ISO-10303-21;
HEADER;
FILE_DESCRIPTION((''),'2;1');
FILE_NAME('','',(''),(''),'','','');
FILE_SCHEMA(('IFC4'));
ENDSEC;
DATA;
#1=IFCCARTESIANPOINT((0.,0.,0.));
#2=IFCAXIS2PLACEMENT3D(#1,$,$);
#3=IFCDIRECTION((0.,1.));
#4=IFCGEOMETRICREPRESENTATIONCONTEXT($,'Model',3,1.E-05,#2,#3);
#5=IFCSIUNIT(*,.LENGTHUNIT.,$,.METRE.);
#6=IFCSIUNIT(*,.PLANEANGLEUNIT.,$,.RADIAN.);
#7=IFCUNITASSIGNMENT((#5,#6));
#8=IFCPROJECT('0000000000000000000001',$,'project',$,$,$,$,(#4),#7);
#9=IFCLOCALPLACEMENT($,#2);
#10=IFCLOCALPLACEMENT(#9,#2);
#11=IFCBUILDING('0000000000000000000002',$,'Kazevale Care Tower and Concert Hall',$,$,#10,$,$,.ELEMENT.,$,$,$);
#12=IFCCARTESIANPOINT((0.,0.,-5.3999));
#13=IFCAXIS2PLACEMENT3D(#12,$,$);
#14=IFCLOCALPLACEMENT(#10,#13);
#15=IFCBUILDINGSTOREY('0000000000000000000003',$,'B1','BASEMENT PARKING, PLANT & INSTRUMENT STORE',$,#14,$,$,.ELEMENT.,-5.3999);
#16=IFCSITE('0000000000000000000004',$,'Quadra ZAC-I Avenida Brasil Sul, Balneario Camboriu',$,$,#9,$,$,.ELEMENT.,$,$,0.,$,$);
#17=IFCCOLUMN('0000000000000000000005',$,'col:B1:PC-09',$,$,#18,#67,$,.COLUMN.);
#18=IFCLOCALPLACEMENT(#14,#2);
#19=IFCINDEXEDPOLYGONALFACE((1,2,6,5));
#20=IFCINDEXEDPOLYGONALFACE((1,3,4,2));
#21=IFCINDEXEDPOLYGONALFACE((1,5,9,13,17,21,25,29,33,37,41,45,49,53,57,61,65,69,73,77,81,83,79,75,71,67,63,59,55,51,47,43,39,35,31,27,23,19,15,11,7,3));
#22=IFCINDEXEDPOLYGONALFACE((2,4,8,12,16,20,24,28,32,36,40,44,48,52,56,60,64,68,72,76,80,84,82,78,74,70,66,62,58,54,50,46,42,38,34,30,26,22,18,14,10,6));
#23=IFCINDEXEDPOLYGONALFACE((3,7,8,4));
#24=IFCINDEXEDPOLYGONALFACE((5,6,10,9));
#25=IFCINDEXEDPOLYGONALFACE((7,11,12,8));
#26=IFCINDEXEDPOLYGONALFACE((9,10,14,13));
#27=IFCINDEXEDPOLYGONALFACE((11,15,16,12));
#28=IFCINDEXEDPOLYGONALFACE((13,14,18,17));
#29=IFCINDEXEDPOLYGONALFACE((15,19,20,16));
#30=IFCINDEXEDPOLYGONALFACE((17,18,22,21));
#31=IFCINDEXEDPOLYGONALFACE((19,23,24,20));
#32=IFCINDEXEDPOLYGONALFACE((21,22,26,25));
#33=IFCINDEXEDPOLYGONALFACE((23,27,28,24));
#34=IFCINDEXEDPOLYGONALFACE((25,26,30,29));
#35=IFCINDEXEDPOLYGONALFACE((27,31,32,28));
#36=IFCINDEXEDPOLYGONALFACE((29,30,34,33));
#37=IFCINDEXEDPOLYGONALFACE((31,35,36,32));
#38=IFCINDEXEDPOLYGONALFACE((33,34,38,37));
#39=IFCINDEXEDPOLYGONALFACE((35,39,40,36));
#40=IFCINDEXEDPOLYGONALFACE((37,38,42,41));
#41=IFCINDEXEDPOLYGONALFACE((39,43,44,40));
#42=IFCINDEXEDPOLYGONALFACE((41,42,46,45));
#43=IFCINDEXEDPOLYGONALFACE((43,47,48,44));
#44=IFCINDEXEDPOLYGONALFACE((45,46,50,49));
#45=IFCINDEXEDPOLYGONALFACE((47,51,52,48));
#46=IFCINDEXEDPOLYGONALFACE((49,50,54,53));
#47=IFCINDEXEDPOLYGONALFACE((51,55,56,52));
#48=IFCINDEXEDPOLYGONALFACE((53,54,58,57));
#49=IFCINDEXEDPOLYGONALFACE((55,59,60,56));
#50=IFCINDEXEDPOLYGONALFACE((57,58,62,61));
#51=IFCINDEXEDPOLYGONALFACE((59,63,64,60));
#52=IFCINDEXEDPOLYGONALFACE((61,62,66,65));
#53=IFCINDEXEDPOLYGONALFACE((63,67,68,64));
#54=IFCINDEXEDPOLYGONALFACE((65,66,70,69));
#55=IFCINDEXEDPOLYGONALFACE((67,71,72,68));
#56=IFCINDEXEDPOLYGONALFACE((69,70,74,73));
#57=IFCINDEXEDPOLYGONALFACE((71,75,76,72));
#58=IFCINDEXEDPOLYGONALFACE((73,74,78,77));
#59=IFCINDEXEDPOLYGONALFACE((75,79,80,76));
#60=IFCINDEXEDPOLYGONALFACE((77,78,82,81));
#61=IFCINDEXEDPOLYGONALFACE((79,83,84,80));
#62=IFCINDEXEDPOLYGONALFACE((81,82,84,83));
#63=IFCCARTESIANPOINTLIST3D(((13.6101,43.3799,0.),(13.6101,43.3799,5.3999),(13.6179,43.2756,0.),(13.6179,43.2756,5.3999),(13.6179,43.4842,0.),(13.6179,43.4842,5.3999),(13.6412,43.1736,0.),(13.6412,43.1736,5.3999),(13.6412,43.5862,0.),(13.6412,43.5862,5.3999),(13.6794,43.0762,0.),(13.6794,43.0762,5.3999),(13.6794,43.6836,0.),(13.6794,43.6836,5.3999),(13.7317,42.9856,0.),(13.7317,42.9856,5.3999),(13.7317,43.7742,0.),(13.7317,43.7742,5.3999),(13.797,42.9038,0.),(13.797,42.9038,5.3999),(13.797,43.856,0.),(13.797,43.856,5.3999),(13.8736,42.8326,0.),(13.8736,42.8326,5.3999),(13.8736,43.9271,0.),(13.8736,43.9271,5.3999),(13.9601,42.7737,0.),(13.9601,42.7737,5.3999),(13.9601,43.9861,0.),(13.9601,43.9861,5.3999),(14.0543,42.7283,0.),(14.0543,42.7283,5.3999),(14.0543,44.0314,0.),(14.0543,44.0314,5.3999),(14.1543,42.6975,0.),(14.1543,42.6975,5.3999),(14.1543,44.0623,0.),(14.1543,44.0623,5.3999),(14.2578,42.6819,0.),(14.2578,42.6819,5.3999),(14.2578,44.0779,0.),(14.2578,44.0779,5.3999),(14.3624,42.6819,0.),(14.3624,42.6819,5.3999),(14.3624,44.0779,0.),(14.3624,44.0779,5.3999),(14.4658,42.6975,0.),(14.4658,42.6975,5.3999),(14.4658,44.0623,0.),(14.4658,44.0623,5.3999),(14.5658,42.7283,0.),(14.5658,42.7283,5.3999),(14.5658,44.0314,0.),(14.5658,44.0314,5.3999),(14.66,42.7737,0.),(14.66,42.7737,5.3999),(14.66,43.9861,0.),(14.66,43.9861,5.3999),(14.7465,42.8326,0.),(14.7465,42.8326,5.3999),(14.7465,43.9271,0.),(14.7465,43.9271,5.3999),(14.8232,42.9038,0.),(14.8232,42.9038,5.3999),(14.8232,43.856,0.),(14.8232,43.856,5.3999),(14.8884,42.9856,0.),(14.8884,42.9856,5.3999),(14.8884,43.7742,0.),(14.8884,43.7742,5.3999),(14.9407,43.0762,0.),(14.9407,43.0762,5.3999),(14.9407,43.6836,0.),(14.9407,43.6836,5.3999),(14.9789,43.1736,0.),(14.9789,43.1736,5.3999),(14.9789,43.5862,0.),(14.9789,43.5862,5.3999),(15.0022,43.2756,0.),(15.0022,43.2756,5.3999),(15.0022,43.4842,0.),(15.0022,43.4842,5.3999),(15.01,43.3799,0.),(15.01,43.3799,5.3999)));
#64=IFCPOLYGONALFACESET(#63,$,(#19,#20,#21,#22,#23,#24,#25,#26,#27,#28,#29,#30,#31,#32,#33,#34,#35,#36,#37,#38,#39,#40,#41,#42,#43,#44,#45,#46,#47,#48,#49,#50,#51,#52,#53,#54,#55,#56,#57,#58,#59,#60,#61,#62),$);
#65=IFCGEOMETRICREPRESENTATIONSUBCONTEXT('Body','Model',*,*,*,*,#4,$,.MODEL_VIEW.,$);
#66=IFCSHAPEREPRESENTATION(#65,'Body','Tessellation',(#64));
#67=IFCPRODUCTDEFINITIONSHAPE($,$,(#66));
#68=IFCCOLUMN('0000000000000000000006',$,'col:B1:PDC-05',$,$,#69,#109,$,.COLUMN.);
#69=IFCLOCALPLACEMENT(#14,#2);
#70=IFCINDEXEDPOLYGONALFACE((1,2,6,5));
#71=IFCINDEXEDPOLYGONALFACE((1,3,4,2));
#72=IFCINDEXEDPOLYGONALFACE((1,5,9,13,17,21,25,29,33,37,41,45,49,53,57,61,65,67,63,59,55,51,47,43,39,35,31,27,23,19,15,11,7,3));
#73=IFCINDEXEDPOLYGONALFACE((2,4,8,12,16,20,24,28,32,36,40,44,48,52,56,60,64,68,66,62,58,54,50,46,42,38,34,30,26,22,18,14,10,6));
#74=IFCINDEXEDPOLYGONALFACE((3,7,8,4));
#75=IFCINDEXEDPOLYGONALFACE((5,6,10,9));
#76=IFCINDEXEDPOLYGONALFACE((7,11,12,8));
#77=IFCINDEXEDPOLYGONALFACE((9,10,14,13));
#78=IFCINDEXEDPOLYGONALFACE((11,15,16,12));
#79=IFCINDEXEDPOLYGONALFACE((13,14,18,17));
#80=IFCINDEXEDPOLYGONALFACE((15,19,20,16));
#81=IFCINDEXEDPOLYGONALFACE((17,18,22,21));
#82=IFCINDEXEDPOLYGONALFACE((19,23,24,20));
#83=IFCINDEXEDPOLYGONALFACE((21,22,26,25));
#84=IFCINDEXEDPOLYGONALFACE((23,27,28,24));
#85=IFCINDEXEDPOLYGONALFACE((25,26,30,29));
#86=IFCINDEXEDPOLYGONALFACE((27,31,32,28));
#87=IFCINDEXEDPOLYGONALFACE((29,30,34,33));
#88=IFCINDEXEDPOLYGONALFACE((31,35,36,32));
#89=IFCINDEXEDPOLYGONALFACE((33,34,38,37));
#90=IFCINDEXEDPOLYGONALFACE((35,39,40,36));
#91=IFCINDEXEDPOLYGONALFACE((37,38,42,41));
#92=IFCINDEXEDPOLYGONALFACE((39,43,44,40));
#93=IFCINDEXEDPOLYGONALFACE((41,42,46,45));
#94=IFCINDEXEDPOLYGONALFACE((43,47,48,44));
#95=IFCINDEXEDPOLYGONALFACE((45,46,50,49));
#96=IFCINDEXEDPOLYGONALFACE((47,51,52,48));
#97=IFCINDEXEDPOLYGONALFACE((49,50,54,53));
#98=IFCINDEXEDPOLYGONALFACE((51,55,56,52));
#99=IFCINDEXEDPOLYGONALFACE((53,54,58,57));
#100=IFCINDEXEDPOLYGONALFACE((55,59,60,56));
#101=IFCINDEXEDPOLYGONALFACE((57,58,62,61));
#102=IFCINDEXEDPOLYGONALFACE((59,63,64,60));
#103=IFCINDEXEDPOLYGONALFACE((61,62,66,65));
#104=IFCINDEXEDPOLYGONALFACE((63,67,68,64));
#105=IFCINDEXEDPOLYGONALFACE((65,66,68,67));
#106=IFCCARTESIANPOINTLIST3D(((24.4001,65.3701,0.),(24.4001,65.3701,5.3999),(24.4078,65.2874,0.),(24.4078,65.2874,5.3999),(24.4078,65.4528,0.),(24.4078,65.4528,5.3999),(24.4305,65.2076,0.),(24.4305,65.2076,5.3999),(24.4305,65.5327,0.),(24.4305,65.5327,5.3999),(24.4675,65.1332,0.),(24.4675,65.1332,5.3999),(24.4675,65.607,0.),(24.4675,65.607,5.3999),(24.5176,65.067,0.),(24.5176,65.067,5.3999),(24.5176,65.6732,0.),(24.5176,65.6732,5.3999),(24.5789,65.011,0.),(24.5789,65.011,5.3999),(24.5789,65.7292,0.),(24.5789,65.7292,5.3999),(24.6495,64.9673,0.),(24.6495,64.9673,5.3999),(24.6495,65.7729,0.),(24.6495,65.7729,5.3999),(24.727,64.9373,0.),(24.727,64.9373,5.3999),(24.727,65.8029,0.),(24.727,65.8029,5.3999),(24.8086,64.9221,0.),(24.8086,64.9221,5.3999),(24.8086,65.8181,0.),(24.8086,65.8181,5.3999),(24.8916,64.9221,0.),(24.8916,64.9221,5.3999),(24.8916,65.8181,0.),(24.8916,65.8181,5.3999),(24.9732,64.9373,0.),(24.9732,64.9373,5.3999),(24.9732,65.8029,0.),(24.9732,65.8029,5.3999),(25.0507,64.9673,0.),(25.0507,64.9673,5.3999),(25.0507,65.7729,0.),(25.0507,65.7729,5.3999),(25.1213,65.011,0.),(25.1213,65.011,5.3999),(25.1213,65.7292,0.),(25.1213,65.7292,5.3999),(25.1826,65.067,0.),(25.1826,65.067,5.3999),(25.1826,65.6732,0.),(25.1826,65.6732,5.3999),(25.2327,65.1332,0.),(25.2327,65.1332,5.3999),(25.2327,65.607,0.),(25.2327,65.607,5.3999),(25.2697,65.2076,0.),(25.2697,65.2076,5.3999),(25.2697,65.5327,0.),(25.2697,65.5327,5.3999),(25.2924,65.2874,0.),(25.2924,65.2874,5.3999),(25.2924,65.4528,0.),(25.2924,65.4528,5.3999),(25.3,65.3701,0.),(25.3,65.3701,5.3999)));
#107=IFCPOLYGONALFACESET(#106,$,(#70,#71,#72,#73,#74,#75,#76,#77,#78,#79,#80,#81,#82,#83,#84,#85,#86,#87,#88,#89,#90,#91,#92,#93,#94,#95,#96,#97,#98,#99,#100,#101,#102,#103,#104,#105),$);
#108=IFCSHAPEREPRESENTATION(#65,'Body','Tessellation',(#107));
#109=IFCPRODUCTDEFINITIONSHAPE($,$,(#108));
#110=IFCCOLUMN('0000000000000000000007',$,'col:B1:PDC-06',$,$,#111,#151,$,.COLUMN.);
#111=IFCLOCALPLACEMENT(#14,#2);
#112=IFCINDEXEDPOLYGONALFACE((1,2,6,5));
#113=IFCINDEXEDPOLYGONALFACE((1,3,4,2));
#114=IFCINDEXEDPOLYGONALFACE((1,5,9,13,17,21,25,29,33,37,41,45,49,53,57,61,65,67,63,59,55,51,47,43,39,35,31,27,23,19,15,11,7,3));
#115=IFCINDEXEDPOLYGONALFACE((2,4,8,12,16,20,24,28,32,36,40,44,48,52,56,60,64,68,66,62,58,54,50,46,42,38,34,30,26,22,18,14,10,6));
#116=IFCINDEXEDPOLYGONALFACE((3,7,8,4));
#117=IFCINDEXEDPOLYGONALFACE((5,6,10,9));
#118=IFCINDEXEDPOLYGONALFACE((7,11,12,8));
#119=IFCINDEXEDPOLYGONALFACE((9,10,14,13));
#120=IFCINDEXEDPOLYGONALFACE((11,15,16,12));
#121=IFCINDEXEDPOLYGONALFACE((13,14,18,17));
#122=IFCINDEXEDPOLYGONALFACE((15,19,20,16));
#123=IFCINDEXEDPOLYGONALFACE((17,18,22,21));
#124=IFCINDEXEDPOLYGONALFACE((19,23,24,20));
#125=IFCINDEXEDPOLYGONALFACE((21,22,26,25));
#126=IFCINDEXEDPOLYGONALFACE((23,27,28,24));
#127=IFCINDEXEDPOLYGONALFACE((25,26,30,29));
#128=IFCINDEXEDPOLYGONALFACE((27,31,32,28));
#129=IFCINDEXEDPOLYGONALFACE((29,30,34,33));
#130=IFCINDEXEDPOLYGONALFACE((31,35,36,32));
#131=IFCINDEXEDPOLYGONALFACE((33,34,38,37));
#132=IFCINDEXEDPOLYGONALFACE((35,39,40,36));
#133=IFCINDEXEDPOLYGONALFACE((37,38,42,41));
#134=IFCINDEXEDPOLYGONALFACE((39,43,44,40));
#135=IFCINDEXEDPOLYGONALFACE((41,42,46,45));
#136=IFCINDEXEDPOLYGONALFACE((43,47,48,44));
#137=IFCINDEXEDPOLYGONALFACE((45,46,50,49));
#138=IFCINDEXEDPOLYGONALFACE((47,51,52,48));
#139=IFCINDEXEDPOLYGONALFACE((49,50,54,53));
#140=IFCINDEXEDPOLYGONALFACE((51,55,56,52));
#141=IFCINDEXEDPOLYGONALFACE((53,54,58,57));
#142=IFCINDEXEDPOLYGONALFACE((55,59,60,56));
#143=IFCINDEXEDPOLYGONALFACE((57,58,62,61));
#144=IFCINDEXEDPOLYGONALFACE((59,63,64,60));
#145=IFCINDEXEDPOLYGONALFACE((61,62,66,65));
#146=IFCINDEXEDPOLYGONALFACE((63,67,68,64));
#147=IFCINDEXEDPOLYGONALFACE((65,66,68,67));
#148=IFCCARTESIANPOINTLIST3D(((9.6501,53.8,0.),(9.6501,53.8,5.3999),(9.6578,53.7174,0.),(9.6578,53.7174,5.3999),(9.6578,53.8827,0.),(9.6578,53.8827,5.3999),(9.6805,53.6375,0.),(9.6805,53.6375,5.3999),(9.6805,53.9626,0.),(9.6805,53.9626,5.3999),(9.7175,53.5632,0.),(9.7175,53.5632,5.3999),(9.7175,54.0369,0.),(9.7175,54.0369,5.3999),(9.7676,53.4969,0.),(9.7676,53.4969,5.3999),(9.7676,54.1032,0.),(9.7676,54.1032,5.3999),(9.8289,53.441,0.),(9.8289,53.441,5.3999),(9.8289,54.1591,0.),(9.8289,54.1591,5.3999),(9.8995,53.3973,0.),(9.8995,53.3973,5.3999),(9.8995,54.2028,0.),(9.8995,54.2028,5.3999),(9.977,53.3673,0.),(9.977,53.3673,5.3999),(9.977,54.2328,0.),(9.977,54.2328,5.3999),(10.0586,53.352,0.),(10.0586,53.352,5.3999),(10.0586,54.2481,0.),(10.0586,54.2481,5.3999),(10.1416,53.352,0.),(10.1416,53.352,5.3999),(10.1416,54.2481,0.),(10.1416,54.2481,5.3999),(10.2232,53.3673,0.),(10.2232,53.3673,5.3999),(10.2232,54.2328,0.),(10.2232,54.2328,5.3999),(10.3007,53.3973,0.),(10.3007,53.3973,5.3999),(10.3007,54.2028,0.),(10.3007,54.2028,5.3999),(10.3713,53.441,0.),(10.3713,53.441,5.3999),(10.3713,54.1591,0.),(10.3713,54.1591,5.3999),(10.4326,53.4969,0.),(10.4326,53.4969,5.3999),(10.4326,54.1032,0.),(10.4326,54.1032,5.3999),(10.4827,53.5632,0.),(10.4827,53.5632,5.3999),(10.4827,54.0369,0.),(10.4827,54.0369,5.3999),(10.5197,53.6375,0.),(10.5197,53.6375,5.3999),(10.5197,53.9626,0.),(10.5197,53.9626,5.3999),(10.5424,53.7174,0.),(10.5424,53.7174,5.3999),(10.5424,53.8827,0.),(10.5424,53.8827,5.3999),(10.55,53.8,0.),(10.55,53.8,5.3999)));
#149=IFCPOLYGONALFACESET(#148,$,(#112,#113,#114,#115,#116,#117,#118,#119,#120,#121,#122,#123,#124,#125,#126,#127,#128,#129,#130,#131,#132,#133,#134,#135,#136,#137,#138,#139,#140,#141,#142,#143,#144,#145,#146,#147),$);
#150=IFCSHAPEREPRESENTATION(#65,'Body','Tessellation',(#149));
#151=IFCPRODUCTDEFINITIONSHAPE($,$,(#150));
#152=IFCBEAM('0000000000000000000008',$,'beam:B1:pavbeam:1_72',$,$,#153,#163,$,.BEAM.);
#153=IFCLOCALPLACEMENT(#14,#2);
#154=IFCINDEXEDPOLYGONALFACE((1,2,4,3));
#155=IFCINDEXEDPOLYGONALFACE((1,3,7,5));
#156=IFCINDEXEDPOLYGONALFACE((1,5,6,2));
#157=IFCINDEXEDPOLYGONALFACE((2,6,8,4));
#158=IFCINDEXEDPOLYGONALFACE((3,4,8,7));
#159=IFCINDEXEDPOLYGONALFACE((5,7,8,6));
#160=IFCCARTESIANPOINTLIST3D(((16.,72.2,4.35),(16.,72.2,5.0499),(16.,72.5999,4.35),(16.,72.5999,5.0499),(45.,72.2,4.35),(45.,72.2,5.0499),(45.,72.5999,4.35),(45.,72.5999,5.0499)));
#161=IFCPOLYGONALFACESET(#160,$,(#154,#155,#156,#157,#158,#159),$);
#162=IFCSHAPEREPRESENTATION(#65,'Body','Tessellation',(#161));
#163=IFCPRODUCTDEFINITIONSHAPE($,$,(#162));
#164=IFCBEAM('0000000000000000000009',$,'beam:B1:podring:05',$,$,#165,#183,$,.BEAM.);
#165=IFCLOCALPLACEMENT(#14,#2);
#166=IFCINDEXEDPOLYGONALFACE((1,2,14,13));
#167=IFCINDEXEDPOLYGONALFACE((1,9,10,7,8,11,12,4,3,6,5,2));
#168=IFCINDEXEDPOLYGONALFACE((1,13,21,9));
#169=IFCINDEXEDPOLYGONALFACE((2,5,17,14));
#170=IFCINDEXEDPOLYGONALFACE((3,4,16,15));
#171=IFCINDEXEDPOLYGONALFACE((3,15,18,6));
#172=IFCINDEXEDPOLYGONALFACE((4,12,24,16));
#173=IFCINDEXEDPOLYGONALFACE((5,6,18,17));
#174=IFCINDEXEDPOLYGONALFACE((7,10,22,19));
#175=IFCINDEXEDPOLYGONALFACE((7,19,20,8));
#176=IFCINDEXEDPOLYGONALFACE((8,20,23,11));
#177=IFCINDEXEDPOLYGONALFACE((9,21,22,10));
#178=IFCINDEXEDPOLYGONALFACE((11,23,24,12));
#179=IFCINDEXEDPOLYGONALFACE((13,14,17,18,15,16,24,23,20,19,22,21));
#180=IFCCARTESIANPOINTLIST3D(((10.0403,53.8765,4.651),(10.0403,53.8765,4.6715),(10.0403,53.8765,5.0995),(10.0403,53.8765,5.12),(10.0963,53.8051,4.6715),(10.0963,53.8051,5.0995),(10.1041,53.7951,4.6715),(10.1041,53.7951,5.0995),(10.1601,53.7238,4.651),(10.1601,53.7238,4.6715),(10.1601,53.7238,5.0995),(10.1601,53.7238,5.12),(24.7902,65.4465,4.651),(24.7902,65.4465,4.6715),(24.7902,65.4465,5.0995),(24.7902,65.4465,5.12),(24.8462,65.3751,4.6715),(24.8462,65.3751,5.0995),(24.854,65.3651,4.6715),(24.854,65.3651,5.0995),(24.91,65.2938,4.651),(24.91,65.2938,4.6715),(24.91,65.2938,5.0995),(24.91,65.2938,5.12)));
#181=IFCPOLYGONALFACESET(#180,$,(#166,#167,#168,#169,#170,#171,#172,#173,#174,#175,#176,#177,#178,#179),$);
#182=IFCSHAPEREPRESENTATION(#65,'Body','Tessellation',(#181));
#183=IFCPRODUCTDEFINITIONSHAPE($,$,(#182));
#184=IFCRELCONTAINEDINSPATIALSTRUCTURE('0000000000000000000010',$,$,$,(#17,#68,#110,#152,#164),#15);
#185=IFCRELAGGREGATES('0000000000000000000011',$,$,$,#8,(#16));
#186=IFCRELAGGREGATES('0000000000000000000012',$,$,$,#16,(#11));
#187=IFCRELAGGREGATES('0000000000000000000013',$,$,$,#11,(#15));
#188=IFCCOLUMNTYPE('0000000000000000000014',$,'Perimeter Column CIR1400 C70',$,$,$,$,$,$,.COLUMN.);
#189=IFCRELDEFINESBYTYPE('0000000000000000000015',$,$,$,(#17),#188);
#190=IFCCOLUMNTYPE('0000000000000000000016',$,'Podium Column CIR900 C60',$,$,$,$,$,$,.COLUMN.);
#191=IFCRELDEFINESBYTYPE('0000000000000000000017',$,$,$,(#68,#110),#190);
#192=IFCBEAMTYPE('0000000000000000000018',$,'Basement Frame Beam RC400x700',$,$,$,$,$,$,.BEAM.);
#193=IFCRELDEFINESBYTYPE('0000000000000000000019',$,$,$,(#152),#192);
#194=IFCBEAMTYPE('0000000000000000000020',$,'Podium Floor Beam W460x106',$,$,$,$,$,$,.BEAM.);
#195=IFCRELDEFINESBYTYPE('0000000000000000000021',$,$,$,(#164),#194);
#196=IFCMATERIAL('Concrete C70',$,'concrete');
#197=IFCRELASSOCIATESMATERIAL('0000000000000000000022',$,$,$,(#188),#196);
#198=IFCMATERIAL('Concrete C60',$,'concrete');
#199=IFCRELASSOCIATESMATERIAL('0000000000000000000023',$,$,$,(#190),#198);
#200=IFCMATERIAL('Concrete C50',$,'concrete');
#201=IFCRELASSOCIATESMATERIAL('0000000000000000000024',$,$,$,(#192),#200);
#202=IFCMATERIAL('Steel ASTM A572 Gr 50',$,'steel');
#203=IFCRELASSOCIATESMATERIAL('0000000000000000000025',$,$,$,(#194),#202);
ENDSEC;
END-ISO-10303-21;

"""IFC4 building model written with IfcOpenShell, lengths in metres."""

from ifc_helpers import new_model, si_unit, direction, frame, origin, origin_2d, place, context, subcontext, project, spatial, rectangle, circle, i_section, extrude, material, material_profile, profile_set, type_object, element, save


model = new_model("IFC4")

# Units and contexts
model_context = context("Model", 3, precision=1e-05, world=origin(), true_north=direction((0.0, 1.0)))
body_context = subcontext(model_context, "Body", "Model", "MODEL_VIEW")
ifc_project = project(units=[si_unit("LENGTHUNIT", "METRE"), si_unit("PLANEANGLEUNIT", "RADIAN")], contexts=[model_context])

# Site, building, storey
site_placement = place(None, origin())
site = spatial("IfcSite", under=ifc_project, at=site_placement, Name="Quadra ZAC-I Avenida Brasil Sul, Balneario Camboriu", CompositionType="ELEMENT", RefElevation=0.0)
building_placement = place(site_placement, origin())
building = spatial("IfcBuilding", under=site, at=building_placement, Name="Kazevale Care Tower and Concert Hall", CompositionType="ELEMENT")
storey_placement = place(building_placement, frame((0.0, 0.0, -5.3999)))
storey = spatial("IfcBuildingStorey", under=building, at=storey_placement, Name="B1", Description="BASEMENT PARKING, PLANT & INSTRUMENT STORE", CompositionType="ELEMENT", Elevation=-5.3999)

# Shared definitions
ifc_material_1 = material(Name="Concrete C50", Category="concrete")

# Columns
ifc_material_2 = material(Name="Concrete C70", Category="concrete")
ifc_material_profile_1 = material_profile(ifc_material_2, circle(Radius=0.7, at=origin_2d()), Name="RC-CIR1400")
ifc_profile_set_1 = profile_set([ifc_material_profile_1], Name="Concrete C70")
column_type_1 = type_object("IfcColumnType", Name="Perimeter Column CIR1400 C70", PredefinedType="COLUMN", material=ifc_profile_set_1)
for number, where, z_axis, x_axis, name in (
    (1, (14.3101, 43.3799, 0.0), (0.0, 0.0, 1.0), (1.0, 0.0, 0.0), "col:B1:PC-09"),
):
    element("IfcColumn", number, at=place(storey_placement, frame(where, z_axis=z_axis, x_axis=x_axis)), inside=storey, type_object=column_type_1, Name=name, PredefinedType="COLUMN", context=body_context, shape_type="SweptSolid", body=[
        extrude(circle(Radius=0.7, at=origin_2d()), origin(), (0.0, 0.0, 1.0), 5.3999),
    ])
ifc_material_3 = material(Name="Concrete C60", Category="concrete")
ifc_material_profile_2 = material_profile(ifc_material_3, circle(Radius=0.45, at=origin_2d()), Name="RC-CIR900")
ifc_profile_set_2 = profile_set([ifc_material_profile_2], Name="Concrete C60")
column_type_2 = type_object("IfcColumnType", Name="Podium Column CIR900 C60", PredefinedType="COLUMN", material=ifc_profile_set_2)
for number, where, z_axis, x_axis, name in (
    (2, (24.8501, 65.3701, 0.0), (0.0, 0.0, 1.0), (1.0, 0.0, 0.0), "col:B1:PDC-05"),
    (3, (10.1001, 53.8, 0.0), (0.0, 0.0, 1.0), (1.0, 0.0, 0.0), "col:B1:PDC-06"),
):
    element("IfcColumn", number, at=place(storey_placement, frame(where, z_axis=z_axis, x_axis=x_axis)), inside=storey, type_object=column_type_2, Name=name, PredefinedType="COLUMN", context=body_context, shape_type="SweptSolid", body=[
        extrude(circle(Radius=0.45, at=origin_2d()), origin(), (0.0, 0.0, 1.0), 5.3999),
    ])

# Beams
ifc_material_profile_3 = material_profile(ifc_material_1, rectangle(XDim=0.3999, YDim=0.7, at=origin_2d()), Name="RC-B400x700")
ifc_profile_set_3 = profile_set([ifc_material_profile_3], Name="Concrete C50")
beam_type_1 = type_object("IfcBeamType", Name="Basement Frame Beam RC400x700", PredefinedType="BEAM", material=ifc_profile_set_3)
beam_1_placement = place(storey_placement, frame((16.0, 72.3999, 4.7), z_axis=(1.0, 0.0, 0.0), x_axis=(0.0, 1.0, 0.0)))
element("IfcBeam", 4, at=beam_1_placement, inside=storey, type_object=beam_type_1, Name="beam:B1:pavbeam:1_72", PredefinedType="BEAM", context=body_context, shape_type="SweptSolid", body=[
    extrude(rectangle(XDim=0.3999, YDim=0.7, at=origin_2d()), origin(), (0.0, 0.0, 1.0), 29.0),
])
ifc_material_4 = material(Name="Steel ASTM A572 Gr 50", Category="steel")
ifc_material_profile_4 = material_profile(ifc_material_4, i_section(OverallWidth=0.1941, OverallDepth=0.469, WebThickness=0.0127, FlangeThickness=0.0205, at=origin_2d()), Name="W460x106")
ifc_profile_set_4 = profile_set([ifc_material_profile_4], Name="Steel ASTM A572 Gr 50")
beam_type_2 = type_object("IfcBeamType", Name="Podium Floor Beam W460x106", PredefinedType="BEAM", material=ifc_profile_set_4)
beam_2_placement = place(storey_placement, frame((24.8501, 65.3701, 4.8855), z_axis=(-0.786816, -0.617188, 0.0), x_axis=(0.617188, -0.786816, 0.0)))
element("IfcBeam", 5, at=beam_2_placement, inside=storey, type_object=beam_type_2, Name="beam:B1:podring:05", PredefinedType="BEAM", context=body_context, shape_type="SweptSolid", body=[
    extrude(i_section(OverallWidth=0.1941, OverallDepth=0.469, WebThickness=0.0127, FlangeThickness=0.0205, at=origin_2d()), origin(), (0.0, 0.0, 1.0), 18.7463),
])

save(model, "model.ifc")
